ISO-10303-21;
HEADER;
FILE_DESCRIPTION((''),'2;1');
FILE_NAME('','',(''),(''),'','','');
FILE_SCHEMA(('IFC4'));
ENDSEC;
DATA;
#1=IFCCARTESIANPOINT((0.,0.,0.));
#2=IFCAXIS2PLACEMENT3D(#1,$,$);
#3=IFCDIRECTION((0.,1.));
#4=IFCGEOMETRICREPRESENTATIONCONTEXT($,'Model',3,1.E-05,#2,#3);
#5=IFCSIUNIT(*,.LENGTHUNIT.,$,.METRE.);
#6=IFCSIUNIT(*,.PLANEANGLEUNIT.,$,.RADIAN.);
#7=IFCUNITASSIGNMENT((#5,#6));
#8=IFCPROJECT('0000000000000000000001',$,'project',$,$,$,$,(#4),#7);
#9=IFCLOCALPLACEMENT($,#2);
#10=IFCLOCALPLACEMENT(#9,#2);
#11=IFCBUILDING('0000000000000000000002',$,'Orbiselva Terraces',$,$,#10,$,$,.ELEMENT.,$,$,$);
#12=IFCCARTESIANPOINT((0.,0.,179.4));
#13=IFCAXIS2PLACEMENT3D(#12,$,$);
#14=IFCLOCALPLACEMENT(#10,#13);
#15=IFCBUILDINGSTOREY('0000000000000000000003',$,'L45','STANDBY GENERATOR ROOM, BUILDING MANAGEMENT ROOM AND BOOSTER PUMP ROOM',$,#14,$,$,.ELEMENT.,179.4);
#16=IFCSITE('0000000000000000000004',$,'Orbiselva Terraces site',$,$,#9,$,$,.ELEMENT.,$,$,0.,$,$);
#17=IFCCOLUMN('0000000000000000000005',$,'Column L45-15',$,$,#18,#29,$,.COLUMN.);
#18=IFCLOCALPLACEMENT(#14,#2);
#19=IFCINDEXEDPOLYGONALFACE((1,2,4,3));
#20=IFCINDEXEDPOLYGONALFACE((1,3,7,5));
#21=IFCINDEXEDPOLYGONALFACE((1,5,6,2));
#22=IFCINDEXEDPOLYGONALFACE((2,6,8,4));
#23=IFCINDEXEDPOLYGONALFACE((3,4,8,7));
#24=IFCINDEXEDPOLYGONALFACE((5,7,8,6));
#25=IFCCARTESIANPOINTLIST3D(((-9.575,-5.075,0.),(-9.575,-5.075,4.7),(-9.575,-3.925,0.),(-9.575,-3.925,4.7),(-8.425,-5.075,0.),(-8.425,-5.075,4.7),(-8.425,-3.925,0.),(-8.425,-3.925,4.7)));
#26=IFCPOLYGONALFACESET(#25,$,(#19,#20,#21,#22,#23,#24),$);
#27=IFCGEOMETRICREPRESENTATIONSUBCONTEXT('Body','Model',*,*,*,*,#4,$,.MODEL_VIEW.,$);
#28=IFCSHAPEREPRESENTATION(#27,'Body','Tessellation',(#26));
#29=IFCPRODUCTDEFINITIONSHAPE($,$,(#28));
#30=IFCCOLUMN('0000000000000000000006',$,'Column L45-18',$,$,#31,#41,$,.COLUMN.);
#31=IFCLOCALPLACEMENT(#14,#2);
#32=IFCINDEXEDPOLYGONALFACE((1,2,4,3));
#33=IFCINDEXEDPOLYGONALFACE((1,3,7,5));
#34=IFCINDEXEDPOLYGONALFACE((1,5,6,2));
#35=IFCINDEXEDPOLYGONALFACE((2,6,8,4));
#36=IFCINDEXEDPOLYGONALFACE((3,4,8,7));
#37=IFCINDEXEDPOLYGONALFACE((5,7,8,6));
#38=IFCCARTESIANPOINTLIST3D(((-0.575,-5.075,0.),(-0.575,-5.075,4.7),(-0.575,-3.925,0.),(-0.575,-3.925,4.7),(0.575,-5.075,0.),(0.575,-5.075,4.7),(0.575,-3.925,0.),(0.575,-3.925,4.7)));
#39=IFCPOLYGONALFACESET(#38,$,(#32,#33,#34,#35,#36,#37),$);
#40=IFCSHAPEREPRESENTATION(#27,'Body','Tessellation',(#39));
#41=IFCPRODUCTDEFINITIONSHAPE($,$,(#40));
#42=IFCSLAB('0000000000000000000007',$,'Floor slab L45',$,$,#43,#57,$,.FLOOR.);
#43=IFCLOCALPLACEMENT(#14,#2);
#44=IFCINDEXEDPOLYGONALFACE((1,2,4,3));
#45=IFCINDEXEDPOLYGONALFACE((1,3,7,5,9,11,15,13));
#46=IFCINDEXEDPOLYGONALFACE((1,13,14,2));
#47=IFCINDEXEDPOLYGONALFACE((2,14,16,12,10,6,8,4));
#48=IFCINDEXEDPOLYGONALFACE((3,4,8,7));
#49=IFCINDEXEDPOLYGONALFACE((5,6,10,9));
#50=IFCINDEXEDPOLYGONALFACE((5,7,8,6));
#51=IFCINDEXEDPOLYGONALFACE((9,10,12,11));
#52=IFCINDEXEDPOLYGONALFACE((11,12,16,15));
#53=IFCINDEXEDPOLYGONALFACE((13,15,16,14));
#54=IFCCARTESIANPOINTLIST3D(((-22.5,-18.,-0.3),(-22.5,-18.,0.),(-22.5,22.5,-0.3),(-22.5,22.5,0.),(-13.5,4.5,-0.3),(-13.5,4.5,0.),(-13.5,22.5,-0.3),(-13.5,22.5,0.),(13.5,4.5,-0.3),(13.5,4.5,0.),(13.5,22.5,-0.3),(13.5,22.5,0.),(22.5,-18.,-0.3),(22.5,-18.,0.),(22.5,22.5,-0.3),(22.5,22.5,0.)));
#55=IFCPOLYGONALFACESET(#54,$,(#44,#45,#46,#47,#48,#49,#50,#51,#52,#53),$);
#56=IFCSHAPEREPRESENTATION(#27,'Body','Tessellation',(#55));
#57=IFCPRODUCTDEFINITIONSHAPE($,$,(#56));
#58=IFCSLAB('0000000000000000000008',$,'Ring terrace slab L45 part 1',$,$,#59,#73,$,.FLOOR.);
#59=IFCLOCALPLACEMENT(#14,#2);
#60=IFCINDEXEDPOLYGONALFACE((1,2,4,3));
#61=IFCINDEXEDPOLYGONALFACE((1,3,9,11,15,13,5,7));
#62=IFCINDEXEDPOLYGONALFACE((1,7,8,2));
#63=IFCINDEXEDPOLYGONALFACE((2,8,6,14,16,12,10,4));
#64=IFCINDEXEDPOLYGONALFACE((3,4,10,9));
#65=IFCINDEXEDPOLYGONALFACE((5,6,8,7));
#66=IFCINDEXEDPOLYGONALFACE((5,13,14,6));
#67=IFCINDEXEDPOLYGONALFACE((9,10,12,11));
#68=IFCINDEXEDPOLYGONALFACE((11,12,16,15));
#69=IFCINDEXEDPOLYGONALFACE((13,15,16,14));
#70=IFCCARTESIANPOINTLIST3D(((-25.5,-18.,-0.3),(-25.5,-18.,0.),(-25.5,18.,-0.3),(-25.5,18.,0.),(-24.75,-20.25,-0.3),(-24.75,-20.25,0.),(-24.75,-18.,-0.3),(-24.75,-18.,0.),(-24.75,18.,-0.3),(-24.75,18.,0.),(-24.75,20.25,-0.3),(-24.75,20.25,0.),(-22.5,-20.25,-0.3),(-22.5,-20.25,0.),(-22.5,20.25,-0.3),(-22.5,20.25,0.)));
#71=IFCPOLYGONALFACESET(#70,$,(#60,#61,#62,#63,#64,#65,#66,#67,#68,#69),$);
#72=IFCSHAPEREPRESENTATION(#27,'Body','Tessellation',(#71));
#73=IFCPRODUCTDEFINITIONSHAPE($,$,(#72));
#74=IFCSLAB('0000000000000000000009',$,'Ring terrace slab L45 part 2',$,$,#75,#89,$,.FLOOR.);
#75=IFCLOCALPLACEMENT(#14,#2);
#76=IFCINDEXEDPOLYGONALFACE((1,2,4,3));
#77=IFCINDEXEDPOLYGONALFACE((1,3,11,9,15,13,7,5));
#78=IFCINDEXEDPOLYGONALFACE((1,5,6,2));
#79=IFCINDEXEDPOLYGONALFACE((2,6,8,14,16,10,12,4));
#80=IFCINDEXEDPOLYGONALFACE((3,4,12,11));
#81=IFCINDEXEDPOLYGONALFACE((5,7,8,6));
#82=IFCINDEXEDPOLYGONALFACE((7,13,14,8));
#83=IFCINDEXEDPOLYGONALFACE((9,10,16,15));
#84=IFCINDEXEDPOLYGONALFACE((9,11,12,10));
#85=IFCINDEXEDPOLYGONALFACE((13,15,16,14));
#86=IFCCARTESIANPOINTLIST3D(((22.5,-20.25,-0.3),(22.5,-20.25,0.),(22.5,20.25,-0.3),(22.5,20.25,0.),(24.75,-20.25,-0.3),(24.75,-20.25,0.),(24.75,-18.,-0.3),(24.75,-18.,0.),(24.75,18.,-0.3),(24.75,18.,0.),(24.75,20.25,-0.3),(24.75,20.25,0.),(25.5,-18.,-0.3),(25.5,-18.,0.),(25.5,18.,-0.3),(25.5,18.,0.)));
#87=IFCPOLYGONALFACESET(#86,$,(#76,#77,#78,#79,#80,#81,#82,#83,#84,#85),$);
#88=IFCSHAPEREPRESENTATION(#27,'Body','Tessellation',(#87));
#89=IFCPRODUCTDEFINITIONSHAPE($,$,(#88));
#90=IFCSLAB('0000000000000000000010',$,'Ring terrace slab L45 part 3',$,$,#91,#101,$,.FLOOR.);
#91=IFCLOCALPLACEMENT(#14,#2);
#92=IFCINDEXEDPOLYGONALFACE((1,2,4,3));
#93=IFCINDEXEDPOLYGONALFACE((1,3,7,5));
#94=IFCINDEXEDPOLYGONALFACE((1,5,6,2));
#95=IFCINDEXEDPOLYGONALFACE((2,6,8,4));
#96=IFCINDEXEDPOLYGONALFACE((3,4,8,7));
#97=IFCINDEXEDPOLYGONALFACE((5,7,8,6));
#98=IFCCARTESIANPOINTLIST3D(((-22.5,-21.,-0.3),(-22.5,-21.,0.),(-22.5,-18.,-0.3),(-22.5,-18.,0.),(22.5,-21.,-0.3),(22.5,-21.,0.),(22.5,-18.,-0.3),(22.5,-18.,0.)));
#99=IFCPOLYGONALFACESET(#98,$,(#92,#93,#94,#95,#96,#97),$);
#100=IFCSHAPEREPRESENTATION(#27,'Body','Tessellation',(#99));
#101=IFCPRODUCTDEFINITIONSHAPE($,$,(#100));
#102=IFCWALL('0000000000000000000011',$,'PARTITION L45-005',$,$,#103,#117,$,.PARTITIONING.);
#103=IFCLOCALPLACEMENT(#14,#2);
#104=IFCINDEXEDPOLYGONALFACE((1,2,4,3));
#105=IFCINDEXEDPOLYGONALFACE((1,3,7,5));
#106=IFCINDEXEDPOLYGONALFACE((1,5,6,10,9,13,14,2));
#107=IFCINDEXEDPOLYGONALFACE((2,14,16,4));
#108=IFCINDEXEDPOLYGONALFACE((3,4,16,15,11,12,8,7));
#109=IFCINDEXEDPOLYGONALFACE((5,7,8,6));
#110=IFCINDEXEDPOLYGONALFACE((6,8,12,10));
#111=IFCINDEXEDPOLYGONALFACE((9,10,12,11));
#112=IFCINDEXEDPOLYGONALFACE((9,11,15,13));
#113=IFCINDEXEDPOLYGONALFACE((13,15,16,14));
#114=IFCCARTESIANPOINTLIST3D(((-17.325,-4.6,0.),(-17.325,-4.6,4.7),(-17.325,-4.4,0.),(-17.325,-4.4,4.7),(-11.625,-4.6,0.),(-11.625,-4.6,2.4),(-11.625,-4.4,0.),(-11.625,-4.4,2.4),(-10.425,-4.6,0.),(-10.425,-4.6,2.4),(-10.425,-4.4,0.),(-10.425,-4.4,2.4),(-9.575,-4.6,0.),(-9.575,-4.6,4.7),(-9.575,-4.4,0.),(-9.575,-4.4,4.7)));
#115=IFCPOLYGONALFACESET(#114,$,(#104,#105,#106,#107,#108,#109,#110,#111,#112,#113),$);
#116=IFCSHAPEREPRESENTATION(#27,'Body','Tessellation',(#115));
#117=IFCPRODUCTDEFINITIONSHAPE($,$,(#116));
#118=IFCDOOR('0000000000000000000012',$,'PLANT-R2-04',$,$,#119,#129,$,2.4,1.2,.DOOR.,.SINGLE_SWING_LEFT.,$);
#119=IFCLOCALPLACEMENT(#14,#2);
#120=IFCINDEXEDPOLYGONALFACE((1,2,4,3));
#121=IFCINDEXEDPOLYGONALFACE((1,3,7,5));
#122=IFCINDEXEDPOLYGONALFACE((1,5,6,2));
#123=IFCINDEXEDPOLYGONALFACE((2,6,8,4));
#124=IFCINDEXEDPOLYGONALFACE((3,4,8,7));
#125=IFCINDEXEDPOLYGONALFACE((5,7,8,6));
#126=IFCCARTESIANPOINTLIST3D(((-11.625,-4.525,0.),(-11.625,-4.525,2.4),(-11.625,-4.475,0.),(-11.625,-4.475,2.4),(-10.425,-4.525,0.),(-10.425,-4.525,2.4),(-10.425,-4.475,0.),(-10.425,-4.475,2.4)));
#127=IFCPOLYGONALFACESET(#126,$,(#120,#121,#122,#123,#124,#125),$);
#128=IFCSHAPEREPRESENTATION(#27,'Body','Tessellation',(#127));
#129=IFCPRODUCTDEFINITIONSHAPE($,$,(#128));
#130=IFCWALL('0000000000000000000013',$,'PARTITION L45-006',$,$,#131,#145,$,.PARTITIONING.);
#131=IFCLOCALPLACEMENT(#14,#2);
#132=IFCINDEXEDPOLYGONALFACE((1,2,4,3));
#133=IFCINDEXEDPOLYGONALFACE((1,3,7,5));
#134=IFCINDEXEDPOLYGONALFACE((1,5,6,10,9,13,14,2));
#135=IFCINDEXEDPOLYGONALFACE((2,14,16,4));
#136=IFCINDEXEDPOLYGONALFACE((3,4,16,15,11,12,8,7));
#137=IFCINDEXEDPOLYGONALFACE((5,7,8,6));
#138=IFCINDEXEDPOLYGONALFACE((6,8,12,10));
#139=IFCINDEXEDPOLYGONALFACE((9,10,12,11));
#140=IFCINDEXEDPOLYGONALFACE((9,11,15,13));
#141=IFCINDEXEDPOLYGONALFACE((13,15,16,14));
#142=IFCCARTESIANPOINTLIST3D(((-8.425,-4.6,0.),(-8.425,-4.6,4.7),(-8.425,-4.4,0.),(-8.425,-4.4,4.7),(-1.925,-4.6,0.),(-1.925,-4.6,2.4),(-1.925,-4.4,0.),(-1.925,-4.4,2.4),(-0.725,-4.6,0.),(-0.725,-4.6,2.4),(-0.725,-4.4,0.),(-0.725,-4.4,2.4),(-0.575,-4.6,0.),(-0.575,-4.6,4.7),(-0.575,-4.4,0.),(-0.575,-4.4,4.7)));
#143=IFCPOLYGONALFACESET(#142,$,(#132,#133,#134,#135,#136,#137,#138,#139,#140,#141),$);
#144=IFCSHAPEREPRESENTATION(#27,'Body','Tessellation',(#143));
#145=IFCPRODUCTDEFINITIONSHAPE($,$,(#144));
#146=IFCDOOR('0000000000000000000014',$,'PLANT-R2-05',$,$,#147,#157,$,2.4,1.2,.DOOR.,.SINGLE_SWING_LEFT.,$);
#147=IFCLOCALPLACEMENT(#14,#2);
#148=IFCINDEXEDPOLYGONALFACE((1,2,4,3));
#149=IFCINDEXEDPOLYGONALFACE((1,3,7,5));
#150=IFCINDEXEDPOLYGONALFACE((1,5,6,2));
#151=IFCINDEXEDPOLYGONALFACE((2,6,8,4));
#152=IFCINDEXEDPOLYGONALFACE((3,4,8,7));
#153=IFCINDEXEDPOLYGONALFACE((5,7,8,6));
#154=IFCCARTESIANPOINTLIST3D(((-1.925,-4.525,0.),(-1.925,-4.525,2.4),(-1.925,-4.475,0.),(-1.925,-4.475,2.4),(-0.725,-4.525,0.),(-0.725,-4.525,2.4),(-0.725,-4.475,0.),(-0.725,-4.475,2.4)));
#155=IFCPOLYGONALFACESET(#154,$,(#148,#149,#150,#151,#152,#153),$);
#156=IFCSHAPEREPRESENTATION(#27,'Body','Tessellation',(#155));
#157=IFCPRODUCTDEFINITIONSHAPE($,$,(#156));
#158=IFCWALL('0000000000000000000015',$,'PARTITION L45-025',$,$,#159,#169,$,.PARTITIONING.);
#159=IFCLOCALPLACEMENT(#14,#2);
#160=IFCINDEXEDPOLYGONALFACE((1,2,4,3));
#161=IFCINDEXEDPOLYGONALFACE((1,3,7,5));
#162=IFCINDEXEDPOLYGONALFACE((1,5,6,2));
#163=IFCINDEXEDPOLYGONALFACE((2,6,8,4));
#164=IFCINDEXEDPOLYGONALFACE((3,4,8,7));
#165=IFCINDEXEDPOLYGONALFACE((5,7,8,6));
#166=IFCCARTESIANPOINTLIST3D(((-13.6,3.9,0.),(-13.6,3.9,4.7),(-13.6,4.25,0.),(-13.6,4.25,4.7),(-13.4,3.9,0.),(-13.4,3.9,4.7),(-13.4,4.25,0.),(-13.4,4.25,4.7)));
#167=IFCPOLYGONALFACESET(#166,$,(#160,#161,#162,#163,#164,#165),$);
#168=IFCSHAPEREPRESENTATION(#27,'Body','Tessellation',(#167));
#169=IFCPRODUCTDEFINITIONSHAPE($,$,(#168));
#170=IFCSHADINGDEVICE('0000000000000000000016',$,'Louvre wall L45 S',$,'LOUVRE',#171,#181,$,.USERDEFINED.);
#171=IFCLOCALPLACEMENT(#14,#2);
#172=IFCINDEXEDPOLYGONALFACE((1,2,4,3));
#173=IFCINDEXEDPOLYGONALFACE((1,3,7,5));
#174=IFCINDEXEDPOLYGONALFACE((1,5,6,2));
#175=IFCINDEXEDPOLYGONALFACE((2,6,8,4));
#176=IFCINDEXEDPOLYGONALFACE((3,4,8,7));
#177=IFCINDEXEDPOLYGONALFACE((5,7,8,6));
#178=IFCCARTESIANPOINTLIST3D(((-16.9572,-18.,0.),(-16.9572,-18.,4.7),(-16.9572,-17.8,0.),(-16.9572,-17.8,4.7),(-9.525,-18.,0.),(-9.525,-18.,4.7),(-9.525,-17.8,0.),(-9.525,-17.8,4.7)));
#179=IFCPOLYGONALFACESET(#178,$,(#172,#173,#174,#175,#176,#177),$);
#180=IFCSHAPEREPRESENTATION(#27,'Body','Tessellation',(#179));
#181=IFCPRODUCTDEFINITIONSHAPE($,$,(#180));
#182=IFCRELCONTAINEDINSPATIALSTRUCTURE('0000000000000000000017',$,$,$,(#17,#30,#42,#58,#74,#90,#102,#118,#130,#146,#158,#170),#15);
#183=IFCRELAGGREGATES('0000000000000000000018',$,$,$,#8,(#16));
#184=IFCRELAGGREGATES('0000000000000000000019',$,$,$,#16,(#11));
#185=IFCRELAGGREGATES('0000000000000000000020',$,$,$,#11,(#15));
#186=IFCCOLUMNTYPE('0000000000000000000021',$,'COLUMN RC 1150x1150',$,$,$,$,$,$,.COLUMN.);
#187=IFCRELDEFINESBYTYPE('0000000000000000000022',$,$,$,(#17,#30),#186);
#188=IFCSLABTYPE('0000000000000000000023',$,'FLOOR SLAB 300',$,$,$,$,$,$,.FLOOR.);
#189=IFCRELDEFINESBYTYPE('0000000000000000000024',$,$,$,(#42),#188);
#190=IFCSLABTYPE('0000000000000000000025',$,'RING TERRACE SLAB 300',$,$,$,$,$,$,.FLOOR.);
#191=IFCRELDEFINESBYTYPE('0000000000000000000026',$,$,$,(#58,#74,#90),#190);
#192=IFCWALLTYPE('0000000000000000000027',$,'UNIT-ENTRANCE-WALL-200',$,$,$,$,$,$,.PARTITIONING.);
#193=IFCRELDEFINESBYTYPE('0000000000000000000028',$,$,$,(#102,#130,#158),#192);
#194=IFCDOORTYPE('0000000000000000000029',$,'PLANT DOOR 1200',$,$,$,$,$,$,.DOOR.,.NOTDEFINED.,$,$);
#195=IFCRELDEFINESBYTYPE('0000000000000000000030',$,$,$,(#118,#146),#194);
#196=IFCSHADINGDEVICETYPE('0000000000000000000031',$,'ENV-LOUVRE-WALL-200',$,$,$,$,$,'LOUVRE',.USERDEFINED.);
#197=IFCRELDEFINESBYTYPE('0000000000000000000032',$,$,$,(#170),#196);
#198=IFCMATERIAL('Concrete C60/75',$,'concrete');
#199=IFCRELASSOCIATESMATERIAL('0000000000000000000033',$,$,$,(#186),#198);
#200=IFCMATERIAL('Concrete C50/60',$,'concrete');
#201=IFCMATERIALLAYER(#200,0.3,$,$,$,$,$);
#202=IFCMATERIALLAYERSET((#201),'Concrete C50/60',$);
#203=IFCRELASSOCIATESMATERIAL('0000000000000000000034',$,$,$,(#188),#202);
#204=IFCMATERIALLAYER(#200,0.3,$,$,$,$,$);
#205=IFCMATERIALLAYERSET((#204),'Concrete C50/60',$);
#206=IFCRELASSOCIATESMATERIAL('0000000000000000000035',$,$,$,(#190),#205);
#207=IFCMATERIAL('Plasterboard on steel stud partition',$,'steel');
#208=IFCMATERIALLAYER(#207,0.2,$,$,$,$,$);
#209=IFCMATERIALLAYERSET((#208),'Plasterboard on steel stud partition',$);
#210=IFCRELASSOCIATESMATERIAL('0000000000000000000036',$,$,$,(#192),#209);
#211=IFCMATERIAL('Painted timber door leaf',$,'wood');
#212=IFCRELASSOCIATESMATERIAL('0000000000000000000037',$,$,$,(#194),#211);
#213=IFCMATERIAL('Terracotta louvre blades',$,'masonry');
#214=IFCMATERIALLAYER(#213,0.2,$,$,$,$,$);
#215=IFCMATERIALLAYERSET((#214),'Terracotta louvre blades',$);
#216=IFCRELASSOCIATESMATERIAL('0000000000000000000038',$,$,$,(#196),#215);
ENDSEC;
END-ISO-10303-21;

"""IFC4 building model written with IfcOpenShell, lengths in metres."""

from ifc_helpers import new_model, si_unit, direction, frame, frame_2d, origin, origin_2d, place, context, subcontext, project, spatial, polyline, rectangle, outline, extrude, material, layer, layer_set, material_profile, profile_set, type_object, element, fill, save


model = new_model("IFC4")

# Units and contexts
model_context = context("Model", 3, precision=1e-05, world=origin(), true_north=direction((0.0, 1.0)))
body_context = subcontext(model_context, "Body", "Model", "MODEL_VIEW")
ifc_project = project(units=[si_unit("LENGTHUNIT", "METRE"), si_unit("PLANEANGLEUNIT", "RADIAN")], contexts=[model_context])

# Site, building, storey
site_placement = place(None, origin())
site = spatial("IfcSite", under=ifc_project, at=site_placement, Name="Orbiselva Terraces site", CompositionType="ELEMENT", RefElevation=0.0)
building_placement = place(site_placement, origin())
building = spatial("IfcBuilding", under=site, at=building_placement, Name="Orbiselva Terraces", CompositionType="ELEMENT")
storey_placement = place(building_placement, frame((0.0, 0.0, 179.4)))
storey = spatial("IfcBuildingStorey", under=building, at=storey_placement, Name="L45", Description="STANDBY GENERATOR ROOM, BUILDING MANAGEMENT ROOM AND BOOSTER PUMP ROOM", CompositionType="ELEMENT", Elevation=179.4)

# Columns
ifc_material_1 = material(Name="Concrete C60/75", Category="concrete")
ifc_material_profile = material_profile(ifc_material_1, rectangle(XDim=1.15, YDim=1.15, at=origin_2d()), Name="RC 1150x1150")
ifc_profile_set = profile_set([ifc_material_profile], Name="Concrete C60/75")
column_type = type_object("IfcColumnType", Name="COLUMN RC 1150x1150", PredefinedType="COLUMN", material=ifc_profile_set)
for number, where, z_axis, x_axis, name in (
    (1, (-9.0, -4.5, 0.0), (0.0, 0.0, 1.0), (1.0, 0.0, 0.0), "Column L45-15"),
    (2, (0.0, -4.5, 0.0), (0.0, 0.0, 1.0), (1.0, 0.0, 0.0), "Column L45-18"),
):
    element("IfcColumn", number, at=place(storey_placement, frame(where, z_axis=z_axis, x_axis=x_axis)), inside=storey, type_object=column_type, Name=name, PredefinedType="COLUMN", context=body_context, shape_type="SweptSolid", body=[
        extrude(rectangle(XDim=1.15, YDim=1.15, at=origin_2d()), origin(), (0.0, 0.0, 1.0), 4.7),
    ])

# Slabs
ifc_material_2 = material(Name="Concrete C50/60", Category="concrete")
ifc_layer_1 = layer(ifc_material_2, 0.3)
ifc_layer_set_1 = layer_set([ifc_layer_1], Name="Concrete C50/60")
slab_type_1 = type_object("IfcSlabType", Name="FLOOR SLAB 300", PredefinedType="FLOOR", material=ifc_layer_set_1)
slab_1_placement = place(storey_placement, frame((0.0, 0.0, -0.3)))
element("IfcSlab", 3, at=slab_1_placement, inside=storey, type_object=slab_type_1, Name="Floor slab L45", PredefinedType="FLOOR", context=body_context, shape_type="SweptSolid", body=[
    extrude(outline(polyline([(22.5, 22.5), (22.5, -18.0), (-22.5, -18.0), (-22.5, 22.5), (-13.5, 22.5), (-13.5, 4.5), (13.5, 4.5), (13.5, 22.5), (22.5, 22.5)])), origin(), (0.0, 0.0, 1.0), 0.3),
])
ifc_layer_2 = layer(ifc_material_2, 0.3)
ifc_layer_set_2 = layer_set([ifc_layer_2], Name="Concrete C50/60")
slab_type_2 = type_object("IfcSlabType", Name="RING TERRACE SLAB 300", PredefinedType="FLOOR", material=ifc_layer_set_2)
slab_2_placement = place(storey_placement, frame((0.0, 0.0, -0.3)))
element("IfcSlab", 4, at=slab_2_placement, inside=storey, type_object=slab_type_2, Name="Ring terrace slab L45 part 1", PredefinedType="FLOOR", context=body_context, shape_type="SweptSolid", body=[
    extrude(outline(polyline([(-22.5, -20.25), (-22.5, 20.25), (-24.75, 20.25), (-24.75, 18.0), (-25.5, 18.0), (-25.5, -18.0), (-24.75, -18.0), (-24.75, -20.25), (-22.5, -20.25)])), origin(), (0.0, 0.0, 1.0), 0.3),
])
slab_3_placement = place(storey_placement, frame((0.0, 0.0, -0.3)))
element("IfcSlab", 5, at=slab_3_placement, inside=storey, type_object=slab_type_2, Name="Ring terrace slab L45 part 2", PredefinedType="FLOOR", context=body_context, shape_type="SweptSolid", body=[
    extrude(outline(polyline([(24.75, 20.25), (22.5, 20.25), (22.5, -20.25), (24.75, -20.25), (24.75, -18.0), (25.5, -18.0), (25.5, 18.0), (24.75, 18.0), (24.75, 20.25)])), origin(), (0.0, 0.0, 1.0), 0.3),
])
slab_4_placement = place(storey_placement, frame((0.0, 0.0, -0.3)))
element("IfcSlab", 6, at=slab_4_placement, inside=storey, type_object=slab_type_2, Name="Ring terrace slab L45 part 3", PredefinedType="FLOOR", context=body_context, shape_type="SweptSolid", body=[
    extrude(outline(polyline([(22.5, -18.0), (-22.5, -18.0), (-22.5, -21.0), (22.5, -21.0), (22.5, -18.0)])), origin(), (0.0, 0.0, 1.0), 0.3),
])

# Walls, openings, doors
ifc_material_3 = material(Name="Plasterboard on steel stud partition", Category="steel")
ifc_layer_3 = layer(ifc_material_3, 0.2)
ifc_layer_set_3 = layer_set([ifc_layer_3], Name="Plasterboard on steel stud partition")
wall_type = type_object("IfcWallType", Name="UNIT-ENTRANCE-WALL-200", PredefinedType="PARTITIONING", material=ifc_layer_set_3)
wall_1_placement = place(storey_placement, frame((-9.575, -4.5, 0.0), z_axis=(0.0, 0.0, 1.0), x_axis=(-1.0, 0.0, 0.0)))
wall_1 = element("IfcWall", 7, at=wall_1_placement, inside=storey, type_object=wall_type, Name="PARTITION L45-005", PredefinedType="PARTITIONING", context=body_context, shape_type="SweptSolid", body=[
    extrude(rectangle(XDim=7.75, YDim=0.2, at=frame_2d((3.875, 0.0))), origin(), (0.0, 0.0, 1.0), 4.7),
])
opening_1_placement = place(wall_1_placement, frame((0.85, 0.0, 0.0)))
opening_1 = element("IfcOpeningElement", 8, at=opening_1_placement, cuts=wall_1, PredefinedType="OPENING", context=body_context, shape_type="SweptSolid", body=[
    extrude(rectangle(XDim=1.2, YDim=2.4, at=frame_2d((0.6, 1.2))), frame((0.0, 0.11, 0.0), z_axis=(0.0, -1.0, 0.0), x_axis=(1.0, 0.0, 0.0)), (0.0, 0.0, 1.0), 0.22),
])
ifc_material_4 = material(Name="Painted timber door leaf", Category="wood")
door_type = type_object("IfcDoorType", Name="PLANT DOOR 1200", OperationType="NOTDEFINED", PredefinedType="DOOR", material=ifc_material_4)
door_1_placement = place(opening_1_placement, origin())
door_1 = element("IfcDoor", 9, at=door_1_placement, inside=storey, type_object=door_type, Name="PLANT-R2-04", OperationType="SINGLE_SWING_LEFT", OverallHeight=2.4, OverallWidth=1.2, PredefinedType="DOOR", context=body_context, shape_type="SweptSolid", body=[
    extrude(rectangle(XDim=1.2, YDim=2.4, at=frame_2d((0.6, 1.2))), frame((0.0, 0.025, 0.0), z_axis=(0.0, -1.0, 0.0), x_axis=(1.0, 0.0, 0.0)), (0.0, 0.0, 1.0), 0.05),
])
fill(opening_1, door_1)
wall_2_placement = place(storey_placement, frame((-0.575, -4.5, 0.0), z_axis=(0.0, 0.0, 1.0), x_axis=(-1.0, 0.0, 0.0)))
wall_2 = element("IfcWall", 10, at=wall_2_placement, inside=storey, type_object=wall_type, Name="PARTITION L45-006", PredefinedType="PARTITIONING", context=body_context, shape_type="SweptSolid", body=[
    extrude(rectangle(XDim=7.85, YDim=0.2, at=frame_2d((3.925, 0.0))), origin(), (0.0, 0.0, 1.0), 4.7),
])
opening_2_placement = place(wall_2_placement, frame((0.15, 0.0, 0.0)))
opening_2 = element("IfcOpeningElement", 11, at=opening_2_placement, cuts=wall_2, PredefinedType="OPENING", context=body_context, shape_type="SweptSolid", body=[
    extrude(rectangle(XDim=1.2, YDim=2.4, at=frame_2d((0.6, 1.2))), frame((0.0, 0.11, 0.0), z_axis=(0.0, -1.0, 0.0), x_axis=(1.0, 0.0, 0.0)), (0.0, 0.0, 1.0), 0.22),
])
door_2_placement = place(opening_2_placement, origin())
door_2 = element("IfcDoor", 12, at=door_2_placement, inside=storey, type_object=door_type, Name="PLANT-R2-05", OperationType="SINGLE_SWING_LEFT", OverallHeight=2.4, OverallWidth=1.2, PredefinedType="DOOR", context=body_context, shape_type="SweptSolid", body=[
    extrude(rectangle(XDim=1.2, YDim=2.4, at=frame_2d((0.6, 1.2))), frame((0.0, 0.025, 0.0), z_axis=(0.0, -1.0, 0.0), x_axis=(1.0, 0.0, 0.0)), (0.0, 0.0, 1.0), 0.05),
])
fill(opening_2, door_2)

# Wall
wall_3_placement = place(storey_placement, frame((-13.5, 3.9, 0.0), z_axis=(0.0, 0.0, 1.0), x_axis=(0.0, 1.0, 0.0)))
element("IfcWall", 13, at=wall_3_placement, inside=storey, type_object=wall_type, Name="PARTITION L45-025", PredefinedType="PARTITIONING", context=body_context, shape_type="SweptSolid", body=[
    extrude(rectangle(XDim=0.35, YDim=0.2, at=frame_2d((0.175, 0.0))), origin(), (0.0, 0.0, 1.0), 4.7),
])

# Shading device
ifc_material_5 = material(Name="Terracotta louvre blades", Category="masonry")
ifc_layer_4 = layer(ifc_material_5, 0.2)
ifc_layer_set_4 = layer_set([ifc_layer_4], Name="Terracotta louvre blades")
shading_device_type = type_object("IfcShadingDeviceType", Name="ENV-LOUVRE-WALL-200", ElementType="LOUVRE", PredefinedType="USERDEFINED", material=ifc_layer_set_4)
shading_device_1_placement = place(storey_placement, origin())
element("IfcShadingDevice", 14, at=shading_device_1_placement, inside=storey, type_object=shading_device_type, Name="Louvre wall L45 S", ObjectType="LOUVRE", PredefinedType="USERDEFINED", context=body_context, shape_type="SweptSolid", body=[
    extrude(outline(polyline([(-16.9572, -18.0), (-9.525, -18.0), (-9.525, -17.8), (-16.9572, -17.8), (-16.9572, -18.0)])), origin(), (0.0, 0.0, 1.0), 4.7),
])

save(model, "model.ifc")
